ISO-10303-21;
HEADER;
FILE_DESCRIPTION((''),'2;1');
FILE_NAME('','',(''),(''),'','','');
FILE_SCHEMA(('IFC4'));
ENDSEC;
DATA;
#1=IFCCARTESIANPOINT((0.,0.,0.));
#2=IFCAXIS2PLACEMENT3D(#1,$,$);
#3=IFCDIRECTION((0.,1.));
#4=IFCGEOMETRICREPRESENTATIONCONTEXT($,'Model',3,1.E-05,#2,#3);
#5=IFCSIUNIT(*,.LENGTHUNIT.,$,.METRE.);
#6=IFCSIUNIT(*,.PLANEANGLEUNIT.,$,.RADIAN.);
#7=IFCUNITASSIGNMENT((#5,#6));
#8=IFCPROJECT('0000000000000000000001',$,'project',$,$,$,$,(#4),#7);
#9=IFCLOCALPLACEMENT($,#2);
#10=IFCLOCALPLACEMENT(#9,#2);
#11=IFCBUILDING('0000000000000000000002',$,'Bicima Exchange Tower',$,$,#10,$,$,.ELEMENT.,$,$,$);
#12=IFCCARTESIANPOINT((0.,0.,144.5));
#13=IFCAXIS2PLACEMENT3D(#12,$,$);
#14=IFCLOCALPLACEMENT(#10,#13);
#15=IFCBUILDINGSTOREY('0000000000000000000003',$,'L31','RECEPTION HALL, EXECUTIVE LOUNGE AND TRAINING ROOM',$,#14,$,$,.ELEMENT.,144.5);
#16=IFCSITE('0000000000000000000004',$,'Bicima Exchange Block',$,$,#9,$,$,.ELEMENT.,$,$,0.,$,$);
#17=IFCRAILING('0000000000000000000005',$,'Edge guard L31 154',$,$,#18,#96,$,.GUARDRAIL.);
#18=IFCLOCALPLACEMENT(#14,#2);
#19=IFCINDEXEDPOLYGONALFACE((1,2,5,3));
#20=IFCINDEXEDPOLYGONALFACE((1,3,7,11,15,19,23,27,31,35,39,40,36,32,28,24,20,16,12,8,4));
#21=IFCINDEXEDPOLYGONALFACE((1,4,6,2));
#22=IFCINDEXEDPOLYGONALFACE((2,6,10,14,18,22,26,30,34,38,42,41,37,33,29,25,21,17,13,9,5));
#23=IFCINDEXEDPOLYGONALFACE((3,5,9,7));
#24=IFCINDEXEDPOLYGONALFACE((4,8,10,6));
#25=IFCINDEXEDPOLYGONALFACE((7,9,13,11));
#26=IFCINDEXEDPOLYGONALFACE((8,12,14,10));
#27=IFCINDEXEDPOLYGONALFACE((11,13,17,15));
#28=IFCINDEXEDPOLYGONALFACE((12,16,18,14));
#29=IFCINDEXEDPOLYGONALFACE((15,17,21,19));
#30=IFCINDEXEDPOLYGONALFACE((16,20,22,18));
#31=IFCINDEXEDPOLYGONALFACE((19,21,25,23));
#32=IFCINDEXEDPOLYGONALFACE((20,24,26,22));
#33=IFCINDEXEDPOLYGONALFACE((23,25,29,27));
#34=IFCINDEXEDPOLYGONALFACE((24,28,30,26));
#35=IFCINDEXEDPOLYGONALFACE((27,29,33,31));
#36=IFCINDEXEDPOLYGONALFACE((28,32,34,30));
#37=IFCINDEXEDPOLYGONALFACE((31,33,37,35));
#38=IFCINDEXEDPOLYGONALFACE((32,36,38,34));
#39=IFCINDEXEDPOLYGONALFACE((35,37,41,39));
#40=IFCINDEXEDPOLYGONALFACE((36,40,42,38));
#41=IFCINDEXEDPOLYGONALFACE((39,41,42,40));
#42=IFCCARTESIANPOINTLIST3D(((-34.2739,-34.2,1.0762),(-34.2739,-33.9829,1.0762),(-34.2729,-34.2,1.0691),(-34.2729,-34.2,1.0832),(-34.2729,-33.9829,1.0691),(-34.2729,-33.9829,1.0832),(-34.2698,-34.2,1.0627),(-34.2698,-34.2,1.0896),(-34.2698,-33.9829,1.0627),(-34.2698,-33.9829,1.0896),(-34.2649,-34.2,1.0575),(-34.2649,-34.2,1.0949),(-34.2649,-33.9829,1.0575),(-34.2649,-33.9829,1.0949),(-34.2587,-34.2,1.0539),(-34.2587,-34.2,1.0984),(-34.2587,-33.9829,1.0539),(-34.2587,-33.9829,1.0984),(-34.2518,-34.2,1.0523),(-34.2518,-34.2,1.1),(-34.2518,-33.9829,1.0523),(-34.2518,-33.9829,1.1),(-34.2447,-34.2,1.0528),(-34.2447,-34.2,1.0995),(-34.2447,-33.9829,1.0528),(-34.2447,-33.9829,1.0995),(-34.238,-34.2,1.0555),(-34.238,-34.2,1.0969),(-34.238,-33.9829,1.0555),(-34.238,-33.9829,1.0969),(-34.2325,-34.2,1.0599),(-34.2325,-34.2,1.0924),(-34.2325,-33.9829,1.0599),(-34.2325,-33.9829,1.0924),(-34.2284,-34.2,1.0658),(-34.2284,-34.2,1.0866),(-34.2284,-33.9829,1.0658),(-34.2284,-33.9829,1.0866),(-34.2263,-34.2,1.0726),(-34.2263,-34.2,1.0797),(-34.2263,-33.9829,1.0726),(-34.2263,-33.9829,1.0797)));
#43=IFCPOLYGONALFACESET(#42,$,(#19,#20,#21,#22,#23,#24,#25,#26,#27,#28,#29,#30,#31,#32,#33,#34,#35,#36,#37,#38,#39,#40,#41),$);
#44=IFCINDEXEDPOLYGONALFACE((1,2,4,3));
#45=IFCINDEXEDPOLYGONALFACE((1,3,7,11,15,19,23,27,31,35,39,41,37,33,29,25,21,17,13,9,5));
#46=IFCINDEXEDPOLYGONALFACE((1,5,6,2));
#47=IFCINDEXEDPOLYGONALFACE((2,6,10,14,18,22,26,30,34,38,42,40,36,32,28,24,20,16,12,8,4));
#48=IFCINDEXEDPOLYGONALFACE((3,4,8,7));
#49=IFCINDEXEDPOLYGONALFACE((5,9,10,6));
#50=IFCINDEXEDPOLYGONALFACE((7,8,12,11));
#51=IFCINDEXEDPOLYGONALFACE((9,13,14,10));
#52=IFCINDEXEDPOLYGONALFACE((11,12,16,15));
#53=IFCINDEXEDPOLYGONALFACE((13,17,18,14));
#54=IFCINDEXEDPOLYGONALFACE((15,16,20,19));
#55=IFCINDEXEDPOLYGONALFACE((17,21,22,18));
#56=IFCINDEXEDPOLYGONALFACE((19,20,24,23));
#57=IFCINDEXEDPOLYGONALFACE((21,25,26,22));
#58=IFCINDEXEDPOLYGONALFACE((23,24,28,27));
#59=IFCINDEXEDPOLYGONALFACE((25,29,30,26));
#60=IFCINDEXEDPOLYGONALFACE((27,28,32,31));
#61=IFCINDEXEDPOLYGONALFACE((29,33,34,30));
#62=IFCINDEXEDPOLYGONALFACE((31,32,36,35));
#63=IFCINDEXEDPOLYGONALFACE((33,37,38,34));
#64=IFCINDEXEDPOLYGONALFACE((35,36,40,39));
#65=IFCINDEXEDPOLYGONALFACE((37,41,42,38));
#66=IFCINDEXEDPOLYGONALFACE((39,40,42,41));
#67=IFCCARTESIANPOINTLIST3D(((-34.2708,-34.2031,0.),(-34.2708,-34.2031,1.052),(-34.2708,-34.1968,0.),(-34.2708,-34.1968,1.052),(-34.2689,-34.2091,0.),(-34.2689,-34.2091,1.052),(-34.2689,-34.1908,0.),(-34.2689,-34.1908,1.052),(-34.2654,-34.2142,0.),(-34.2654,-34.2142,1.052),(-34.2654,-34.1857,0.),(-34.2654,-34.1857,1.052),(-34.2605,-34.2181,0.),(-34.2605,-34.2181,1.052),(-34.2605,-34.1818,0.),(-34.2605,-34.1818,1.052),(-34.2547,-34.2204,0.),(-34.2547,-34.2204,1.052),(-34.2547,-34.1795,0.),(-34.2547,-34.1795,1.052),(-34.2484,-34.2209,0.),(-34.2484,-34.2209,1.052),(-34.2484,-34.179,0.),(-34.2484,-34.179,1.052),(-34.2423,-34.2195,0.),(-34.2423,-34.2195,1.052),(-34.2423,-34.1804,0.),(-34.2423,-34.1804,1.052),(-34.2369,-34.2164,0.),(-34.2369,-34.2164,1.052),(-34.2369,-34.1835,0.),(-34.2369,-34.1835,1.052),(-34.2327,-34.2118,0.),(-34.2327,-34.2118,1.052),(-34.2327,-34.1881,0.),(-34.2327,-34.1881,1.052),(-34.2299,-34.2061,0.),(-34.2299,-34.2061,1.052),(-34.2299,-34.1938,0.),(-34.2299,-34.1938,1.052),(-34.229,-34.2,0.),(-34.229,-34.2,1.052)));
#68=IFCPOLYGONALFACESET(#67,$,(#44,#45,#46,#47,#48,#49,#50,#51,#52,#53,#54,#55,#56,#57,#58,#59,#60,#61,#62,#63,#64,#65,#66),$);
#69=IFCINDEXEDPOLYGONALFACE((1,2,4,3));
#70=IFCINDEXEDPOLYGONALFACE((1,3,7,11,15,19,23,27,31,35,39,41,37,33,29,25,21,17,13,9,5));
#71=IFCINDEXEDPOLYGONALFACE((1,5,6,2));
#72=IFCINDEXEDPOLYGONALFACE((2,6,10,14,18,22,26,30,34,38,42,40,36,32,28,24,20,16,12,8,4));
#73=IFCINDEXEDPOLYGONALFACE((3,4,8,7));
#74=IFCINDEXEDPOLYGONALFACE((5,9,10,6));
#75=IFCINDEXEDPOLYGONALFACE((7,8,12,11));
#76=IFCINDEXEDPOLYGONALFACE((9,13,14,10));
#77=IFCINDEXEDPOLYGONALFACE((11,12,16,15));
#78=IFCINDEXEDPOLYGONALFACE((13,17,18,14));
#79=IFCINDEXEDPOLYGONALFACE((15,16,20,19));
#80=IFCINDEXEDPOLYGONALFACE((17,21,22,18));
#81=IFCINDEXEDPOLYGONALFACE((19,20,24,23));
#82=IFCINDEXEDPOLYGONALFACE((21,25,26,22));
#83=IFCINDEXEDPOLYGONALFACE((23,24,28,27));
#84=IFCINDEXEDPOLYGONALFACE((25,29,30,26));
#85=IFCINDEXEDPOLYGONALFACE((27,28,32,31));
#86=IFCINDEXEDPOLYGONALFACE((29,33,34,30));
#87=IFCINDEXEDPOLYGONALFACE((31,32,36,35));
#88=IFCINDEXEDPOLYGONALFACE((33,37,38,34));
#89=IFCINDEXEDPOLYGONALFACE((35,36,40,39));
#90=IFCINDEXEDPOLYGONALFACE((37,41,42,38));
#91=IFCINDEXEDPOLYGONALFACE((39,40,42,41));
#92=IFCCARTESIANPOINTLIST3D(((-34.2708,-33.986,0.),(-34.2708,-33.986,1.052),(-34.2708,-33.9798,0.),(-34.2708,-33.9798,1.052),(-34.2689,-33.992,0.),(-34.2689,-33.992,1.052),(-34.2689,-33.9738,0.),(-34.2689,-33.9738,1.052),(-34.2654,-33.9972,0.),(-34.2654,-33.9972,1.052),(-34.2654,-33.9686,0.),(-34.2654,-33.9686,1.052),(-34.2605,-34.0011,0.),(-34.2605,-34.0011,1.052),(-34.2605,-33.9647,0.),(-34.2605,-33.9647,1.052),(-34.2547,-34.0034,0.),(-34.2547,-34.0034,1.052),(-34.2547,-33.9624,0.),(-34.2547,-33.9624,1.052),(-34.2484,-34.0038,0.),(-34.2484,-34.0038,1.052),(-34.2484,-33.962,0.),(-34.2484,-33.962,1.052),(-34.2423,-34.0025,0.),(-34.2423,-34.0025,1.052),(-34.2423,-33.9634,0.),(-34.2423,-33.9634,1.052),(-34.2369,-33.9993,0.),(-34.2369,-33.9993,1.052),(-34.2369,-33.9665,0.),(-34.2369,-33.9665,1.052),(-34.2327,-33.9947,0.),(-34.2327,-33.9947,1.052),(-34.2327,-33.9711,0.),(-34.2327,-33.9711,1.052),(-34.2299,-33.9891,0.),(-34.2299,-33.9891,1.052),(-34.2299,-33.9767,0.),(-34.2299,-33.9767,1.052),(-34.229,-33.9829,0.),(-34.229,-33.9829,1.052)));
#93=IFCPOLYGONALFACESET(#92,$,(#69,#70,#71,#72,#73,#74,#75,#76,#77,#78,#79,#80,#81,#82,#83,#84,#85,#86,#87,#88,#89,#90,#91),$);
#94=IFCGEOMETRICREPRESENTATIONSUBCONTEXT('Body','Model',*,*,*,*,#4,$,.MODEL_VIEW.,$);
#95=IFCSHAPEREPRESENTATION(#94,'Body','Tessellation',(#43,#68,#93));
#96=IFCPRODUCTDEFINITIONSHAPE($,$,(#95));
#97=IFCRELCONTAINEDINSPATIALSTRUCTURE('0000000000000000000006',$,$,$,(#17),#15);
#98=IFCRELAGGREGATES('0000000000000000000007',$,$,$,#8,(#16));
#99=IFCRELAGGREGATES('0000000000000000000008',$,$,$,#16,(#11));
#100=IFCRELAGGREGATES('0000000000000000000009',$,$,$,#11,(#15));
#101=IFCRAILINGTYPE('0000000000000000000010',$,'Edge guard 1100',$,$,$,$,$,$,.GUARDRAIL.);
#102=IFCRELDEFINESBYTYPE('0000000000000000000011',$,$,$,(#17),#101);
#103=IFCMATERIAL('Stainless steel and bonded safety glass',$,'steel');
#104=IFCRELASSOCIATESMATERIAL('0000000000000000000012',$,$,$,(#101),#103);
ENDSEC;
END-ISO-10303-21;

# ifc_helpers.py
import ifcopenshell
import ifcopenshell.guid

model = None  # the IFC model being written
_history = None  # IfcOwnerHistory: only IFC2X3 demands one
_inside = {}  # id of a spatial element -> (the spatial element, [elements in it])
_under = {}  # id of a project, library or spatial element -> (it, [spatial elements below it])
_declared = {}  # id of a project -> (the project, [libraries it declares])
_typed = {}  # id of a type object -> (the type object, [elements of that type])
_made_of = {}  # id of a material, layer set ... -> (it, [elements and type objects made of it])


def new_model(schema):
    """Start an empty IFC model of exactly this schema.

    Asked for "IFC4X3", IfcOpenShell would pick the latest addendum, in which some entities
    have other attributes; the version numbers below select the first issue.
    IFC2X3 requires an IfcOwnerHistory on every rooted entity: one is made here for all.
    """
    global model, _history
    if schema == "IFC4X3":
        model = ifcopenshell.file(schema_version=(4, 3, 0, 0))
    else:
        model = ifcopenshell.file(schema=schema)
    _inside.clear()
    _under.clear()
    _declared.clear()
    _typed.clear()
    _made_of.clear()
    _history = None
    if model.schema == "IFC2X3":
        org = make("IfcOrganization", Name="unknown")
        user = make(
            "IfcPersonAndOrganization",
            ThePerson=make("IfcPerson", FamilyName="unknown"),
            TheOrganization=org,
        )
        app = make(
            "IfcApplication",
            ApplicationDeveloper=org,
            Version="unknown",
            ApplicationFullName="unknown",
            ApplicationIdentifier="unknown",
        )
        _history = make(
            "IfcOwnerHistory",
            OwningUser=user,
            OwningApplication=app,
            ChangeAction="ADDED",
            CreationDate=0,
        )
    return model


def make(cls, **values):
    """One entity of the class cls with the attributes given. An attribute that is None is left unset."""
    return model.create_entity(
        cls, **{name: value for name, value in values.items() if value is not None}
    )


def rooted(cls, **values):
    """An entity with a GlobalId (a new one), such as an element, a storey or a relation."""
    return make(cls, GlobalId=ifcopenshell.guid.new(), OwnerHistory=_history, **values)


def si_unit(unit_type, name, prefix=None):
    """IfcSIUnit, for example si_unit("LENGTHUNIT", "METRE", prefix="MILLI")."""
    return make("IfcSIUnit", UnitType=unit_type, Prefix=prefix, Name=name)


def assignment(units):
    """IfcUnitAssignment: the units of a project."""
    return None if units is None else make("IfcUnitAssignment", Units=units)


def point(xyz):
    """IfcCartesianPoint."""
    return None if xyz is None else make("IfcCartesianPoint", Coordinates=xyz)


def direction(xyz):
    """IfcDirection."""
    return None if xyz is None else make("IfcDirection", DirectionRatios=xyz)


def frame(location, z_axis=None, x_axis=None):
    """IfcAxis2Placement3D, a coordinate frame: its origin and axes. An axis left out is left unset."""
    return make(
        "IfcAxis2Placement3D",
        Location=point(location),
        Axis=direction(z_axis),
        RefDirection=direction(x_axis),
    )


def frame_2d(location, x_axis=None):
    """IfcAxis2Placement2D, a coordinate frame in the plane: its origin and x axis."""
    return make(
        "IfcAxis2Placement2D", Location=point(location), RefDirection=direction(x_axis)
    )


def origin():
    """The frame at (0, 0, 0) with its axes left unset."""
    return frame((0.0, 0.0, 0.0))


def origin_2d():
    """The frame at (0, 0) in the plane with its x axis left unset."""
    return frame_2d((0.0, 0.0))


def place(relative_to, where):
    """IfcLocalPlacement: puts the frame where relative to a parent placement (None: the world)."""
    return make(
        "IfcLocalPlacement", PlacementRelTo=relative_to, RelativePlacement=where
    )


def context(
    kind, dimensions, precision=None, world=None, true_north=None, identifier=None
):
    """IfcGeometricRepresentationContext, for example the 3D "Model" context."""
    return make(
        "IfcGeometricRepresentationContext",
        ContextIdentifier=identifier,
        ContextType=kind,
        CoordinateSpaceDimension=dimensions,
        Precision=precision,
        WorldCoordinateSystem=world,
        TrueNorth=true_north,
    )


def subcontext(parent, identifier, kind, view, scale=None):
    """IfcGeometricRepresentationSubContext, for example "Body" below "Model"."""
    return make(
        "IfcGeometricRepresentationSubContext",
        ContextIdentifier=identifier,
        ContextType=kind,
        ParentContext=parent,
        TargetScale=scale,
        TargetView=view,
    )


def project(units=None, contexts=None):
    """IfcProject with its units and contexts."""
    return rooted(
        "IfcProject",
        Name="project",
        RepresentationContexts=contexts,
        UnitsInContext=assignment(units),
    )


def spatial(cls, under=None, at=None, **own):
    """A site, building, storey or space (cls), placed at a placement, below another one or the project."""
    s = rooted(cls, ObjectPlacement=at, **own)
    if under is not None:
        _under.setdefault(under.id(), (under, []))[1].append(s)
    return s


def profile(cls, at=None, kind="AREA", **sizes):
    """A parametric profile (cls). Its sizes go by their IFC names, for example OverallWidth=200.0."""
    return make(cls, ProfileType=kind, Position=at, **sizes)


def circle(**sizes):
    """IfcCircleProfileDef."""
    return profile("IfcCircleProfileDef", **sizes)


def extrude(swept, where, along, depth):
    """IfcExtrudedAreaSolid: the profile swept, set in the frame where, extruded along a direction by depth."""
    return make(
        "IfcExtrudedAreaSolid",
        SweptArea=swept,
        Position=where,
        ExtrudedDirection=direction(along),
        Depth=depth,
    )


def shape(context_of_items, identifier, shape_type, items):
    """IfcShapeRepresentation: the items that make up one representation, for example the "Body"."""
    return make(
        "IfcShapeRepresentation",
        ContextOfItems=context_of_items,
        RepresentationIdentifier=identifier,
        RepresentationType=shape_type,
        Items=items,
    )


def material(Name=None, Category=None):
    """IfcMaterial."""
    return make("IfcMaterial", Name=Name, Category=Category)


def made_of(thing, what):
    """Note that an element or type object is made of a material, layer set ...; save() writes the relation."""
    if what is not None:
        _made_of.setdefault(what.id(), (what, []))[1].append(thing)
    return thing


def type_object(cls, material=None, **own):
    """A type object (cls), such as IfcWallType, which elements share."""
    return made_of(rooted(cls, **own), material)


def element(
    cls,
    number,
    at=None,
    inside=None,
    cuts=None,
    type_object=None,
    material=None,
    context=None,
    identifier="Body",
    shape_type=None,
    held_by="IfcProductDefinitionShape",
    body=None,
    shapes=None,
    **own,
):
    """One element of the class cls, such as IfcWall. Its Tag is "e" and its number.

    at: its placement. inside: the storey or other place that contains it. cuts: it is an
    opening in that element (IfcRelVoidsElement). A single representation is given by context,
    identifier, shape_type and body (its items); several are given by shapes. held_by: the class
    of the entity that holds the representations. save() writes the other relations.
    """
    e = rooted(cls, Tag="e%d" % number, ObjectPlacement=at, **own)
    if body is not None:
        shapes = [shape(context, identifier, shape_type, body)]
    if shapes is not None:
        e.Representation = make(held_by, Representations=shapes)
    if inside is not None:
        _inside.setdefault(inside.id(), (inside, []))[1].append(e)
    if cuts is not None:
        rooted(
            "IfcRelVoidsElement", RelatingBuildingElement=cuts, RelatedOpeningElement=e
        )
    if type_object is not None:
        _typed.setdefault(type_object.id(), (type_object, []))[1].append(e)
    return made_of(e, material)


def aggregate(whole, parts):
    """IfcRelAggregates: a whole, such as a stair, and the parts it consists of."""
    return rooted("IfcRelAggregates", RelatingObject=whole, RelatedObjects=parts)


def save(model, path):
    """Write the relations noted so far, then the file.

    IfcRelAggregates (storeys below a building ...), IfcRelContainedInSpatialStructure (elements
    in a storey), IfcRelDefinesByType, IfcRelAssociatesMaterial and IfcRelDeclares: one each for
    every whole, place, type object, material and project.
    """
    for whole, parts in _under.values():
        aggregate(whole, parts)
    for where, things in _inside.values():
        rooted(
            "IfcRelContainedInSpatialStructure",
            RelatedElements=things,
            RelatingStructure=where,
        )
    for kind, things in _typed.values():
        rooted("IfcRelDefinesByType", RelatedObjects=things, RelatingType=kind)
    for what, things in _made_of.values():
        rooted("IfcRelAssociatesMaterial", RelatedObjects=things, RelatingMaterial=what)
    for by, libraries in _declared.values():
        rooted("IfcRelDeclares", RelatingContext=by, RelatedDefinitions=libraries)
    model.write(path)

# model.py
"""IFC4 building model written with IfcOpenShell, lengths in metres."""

from ifc_helpers import new_model, si_unit, direction, frame, origin, origin_2d, place, context, subcontext, project, spatial, circle, extrude, material, type_object, element, save


model = new_model("IFC4")

# Units and contexts
model_context = context("Model", 3, precision=1e-05, world=origin(), true_north=direction((0.0, 1.0)))
body_context = subcontext(model_context, "Body", "Model", "MODEL_VIEW")
ifc_project = project(units=[si_unit("LENGTHUNIT", "METRE"), si_unit("PLANEANGLEUNIT", "RADIAN")], contexts=[model_context])

# Site, building, storey
site_placement = place(None, origin())
site = spatial("IfcSite", under=ifc_project, at=site_placement, Name="Bicima Exchange Block", CompositionType="ELEMENT", RefElevation=0.0)
building_placement = place(site_placement, origin())
building = spatial("IfcBuilding", under=site, at=building_placement, Name="Bicima Exchange Tower", CompositionType="ELEMENT")
storey_placement = place(building_placement, frame((0.0, 0.0, 144.5)))
storey = spatial("IfcBuildingStorey", under=building, at=storey_placement, Name="L31", Description="RECEPTION HALL, EXECUTIVE LOUNGE AND TRAINING ROOM", CompositionType="ELEMENT", Elevation=144.5)

# Railing
ifc_material_1 = material(Name="Stainless steel and bonded safety glass", Category="steel")
railing_type = type_object("IfcRailingType", Name="Edge guard 1100", PredefinedType="GUARDRAIL", material=ifc_material_1)
railing_1_placement = place(storey_placement, frame((-34.25, -34.2, 0.0)))
element("IfcRailing", 1, at=railing_1_placement, inside=storey, type_object=railing_type, Name="Edge guard L31 154", PredefinedType="GUARDRAIL", context=body_context, shape_type="SweptSolid", body=[
    extrude(circle(Radius=0.0239, at=origin_2d()), frame((0.0, 0.0, 1.0762), z_axis=(0.0, 1.0, 0.0), x_axis=(-1.0, 0.0, 0.0)), (0.0, 0.0, 1.0), 0.217),
    extrude(circle(Radius=0.021, at=origin_2d()), origin(), (0.0, 0.0, 1.0), 1.052),
    extrude(circle(Radius=0.021, at=origin_2d()), frame((0.0, 0.217, 0.0)), (0.0, 0.0, 1.0), 1.052),
])

save(model, "model.ifc")
